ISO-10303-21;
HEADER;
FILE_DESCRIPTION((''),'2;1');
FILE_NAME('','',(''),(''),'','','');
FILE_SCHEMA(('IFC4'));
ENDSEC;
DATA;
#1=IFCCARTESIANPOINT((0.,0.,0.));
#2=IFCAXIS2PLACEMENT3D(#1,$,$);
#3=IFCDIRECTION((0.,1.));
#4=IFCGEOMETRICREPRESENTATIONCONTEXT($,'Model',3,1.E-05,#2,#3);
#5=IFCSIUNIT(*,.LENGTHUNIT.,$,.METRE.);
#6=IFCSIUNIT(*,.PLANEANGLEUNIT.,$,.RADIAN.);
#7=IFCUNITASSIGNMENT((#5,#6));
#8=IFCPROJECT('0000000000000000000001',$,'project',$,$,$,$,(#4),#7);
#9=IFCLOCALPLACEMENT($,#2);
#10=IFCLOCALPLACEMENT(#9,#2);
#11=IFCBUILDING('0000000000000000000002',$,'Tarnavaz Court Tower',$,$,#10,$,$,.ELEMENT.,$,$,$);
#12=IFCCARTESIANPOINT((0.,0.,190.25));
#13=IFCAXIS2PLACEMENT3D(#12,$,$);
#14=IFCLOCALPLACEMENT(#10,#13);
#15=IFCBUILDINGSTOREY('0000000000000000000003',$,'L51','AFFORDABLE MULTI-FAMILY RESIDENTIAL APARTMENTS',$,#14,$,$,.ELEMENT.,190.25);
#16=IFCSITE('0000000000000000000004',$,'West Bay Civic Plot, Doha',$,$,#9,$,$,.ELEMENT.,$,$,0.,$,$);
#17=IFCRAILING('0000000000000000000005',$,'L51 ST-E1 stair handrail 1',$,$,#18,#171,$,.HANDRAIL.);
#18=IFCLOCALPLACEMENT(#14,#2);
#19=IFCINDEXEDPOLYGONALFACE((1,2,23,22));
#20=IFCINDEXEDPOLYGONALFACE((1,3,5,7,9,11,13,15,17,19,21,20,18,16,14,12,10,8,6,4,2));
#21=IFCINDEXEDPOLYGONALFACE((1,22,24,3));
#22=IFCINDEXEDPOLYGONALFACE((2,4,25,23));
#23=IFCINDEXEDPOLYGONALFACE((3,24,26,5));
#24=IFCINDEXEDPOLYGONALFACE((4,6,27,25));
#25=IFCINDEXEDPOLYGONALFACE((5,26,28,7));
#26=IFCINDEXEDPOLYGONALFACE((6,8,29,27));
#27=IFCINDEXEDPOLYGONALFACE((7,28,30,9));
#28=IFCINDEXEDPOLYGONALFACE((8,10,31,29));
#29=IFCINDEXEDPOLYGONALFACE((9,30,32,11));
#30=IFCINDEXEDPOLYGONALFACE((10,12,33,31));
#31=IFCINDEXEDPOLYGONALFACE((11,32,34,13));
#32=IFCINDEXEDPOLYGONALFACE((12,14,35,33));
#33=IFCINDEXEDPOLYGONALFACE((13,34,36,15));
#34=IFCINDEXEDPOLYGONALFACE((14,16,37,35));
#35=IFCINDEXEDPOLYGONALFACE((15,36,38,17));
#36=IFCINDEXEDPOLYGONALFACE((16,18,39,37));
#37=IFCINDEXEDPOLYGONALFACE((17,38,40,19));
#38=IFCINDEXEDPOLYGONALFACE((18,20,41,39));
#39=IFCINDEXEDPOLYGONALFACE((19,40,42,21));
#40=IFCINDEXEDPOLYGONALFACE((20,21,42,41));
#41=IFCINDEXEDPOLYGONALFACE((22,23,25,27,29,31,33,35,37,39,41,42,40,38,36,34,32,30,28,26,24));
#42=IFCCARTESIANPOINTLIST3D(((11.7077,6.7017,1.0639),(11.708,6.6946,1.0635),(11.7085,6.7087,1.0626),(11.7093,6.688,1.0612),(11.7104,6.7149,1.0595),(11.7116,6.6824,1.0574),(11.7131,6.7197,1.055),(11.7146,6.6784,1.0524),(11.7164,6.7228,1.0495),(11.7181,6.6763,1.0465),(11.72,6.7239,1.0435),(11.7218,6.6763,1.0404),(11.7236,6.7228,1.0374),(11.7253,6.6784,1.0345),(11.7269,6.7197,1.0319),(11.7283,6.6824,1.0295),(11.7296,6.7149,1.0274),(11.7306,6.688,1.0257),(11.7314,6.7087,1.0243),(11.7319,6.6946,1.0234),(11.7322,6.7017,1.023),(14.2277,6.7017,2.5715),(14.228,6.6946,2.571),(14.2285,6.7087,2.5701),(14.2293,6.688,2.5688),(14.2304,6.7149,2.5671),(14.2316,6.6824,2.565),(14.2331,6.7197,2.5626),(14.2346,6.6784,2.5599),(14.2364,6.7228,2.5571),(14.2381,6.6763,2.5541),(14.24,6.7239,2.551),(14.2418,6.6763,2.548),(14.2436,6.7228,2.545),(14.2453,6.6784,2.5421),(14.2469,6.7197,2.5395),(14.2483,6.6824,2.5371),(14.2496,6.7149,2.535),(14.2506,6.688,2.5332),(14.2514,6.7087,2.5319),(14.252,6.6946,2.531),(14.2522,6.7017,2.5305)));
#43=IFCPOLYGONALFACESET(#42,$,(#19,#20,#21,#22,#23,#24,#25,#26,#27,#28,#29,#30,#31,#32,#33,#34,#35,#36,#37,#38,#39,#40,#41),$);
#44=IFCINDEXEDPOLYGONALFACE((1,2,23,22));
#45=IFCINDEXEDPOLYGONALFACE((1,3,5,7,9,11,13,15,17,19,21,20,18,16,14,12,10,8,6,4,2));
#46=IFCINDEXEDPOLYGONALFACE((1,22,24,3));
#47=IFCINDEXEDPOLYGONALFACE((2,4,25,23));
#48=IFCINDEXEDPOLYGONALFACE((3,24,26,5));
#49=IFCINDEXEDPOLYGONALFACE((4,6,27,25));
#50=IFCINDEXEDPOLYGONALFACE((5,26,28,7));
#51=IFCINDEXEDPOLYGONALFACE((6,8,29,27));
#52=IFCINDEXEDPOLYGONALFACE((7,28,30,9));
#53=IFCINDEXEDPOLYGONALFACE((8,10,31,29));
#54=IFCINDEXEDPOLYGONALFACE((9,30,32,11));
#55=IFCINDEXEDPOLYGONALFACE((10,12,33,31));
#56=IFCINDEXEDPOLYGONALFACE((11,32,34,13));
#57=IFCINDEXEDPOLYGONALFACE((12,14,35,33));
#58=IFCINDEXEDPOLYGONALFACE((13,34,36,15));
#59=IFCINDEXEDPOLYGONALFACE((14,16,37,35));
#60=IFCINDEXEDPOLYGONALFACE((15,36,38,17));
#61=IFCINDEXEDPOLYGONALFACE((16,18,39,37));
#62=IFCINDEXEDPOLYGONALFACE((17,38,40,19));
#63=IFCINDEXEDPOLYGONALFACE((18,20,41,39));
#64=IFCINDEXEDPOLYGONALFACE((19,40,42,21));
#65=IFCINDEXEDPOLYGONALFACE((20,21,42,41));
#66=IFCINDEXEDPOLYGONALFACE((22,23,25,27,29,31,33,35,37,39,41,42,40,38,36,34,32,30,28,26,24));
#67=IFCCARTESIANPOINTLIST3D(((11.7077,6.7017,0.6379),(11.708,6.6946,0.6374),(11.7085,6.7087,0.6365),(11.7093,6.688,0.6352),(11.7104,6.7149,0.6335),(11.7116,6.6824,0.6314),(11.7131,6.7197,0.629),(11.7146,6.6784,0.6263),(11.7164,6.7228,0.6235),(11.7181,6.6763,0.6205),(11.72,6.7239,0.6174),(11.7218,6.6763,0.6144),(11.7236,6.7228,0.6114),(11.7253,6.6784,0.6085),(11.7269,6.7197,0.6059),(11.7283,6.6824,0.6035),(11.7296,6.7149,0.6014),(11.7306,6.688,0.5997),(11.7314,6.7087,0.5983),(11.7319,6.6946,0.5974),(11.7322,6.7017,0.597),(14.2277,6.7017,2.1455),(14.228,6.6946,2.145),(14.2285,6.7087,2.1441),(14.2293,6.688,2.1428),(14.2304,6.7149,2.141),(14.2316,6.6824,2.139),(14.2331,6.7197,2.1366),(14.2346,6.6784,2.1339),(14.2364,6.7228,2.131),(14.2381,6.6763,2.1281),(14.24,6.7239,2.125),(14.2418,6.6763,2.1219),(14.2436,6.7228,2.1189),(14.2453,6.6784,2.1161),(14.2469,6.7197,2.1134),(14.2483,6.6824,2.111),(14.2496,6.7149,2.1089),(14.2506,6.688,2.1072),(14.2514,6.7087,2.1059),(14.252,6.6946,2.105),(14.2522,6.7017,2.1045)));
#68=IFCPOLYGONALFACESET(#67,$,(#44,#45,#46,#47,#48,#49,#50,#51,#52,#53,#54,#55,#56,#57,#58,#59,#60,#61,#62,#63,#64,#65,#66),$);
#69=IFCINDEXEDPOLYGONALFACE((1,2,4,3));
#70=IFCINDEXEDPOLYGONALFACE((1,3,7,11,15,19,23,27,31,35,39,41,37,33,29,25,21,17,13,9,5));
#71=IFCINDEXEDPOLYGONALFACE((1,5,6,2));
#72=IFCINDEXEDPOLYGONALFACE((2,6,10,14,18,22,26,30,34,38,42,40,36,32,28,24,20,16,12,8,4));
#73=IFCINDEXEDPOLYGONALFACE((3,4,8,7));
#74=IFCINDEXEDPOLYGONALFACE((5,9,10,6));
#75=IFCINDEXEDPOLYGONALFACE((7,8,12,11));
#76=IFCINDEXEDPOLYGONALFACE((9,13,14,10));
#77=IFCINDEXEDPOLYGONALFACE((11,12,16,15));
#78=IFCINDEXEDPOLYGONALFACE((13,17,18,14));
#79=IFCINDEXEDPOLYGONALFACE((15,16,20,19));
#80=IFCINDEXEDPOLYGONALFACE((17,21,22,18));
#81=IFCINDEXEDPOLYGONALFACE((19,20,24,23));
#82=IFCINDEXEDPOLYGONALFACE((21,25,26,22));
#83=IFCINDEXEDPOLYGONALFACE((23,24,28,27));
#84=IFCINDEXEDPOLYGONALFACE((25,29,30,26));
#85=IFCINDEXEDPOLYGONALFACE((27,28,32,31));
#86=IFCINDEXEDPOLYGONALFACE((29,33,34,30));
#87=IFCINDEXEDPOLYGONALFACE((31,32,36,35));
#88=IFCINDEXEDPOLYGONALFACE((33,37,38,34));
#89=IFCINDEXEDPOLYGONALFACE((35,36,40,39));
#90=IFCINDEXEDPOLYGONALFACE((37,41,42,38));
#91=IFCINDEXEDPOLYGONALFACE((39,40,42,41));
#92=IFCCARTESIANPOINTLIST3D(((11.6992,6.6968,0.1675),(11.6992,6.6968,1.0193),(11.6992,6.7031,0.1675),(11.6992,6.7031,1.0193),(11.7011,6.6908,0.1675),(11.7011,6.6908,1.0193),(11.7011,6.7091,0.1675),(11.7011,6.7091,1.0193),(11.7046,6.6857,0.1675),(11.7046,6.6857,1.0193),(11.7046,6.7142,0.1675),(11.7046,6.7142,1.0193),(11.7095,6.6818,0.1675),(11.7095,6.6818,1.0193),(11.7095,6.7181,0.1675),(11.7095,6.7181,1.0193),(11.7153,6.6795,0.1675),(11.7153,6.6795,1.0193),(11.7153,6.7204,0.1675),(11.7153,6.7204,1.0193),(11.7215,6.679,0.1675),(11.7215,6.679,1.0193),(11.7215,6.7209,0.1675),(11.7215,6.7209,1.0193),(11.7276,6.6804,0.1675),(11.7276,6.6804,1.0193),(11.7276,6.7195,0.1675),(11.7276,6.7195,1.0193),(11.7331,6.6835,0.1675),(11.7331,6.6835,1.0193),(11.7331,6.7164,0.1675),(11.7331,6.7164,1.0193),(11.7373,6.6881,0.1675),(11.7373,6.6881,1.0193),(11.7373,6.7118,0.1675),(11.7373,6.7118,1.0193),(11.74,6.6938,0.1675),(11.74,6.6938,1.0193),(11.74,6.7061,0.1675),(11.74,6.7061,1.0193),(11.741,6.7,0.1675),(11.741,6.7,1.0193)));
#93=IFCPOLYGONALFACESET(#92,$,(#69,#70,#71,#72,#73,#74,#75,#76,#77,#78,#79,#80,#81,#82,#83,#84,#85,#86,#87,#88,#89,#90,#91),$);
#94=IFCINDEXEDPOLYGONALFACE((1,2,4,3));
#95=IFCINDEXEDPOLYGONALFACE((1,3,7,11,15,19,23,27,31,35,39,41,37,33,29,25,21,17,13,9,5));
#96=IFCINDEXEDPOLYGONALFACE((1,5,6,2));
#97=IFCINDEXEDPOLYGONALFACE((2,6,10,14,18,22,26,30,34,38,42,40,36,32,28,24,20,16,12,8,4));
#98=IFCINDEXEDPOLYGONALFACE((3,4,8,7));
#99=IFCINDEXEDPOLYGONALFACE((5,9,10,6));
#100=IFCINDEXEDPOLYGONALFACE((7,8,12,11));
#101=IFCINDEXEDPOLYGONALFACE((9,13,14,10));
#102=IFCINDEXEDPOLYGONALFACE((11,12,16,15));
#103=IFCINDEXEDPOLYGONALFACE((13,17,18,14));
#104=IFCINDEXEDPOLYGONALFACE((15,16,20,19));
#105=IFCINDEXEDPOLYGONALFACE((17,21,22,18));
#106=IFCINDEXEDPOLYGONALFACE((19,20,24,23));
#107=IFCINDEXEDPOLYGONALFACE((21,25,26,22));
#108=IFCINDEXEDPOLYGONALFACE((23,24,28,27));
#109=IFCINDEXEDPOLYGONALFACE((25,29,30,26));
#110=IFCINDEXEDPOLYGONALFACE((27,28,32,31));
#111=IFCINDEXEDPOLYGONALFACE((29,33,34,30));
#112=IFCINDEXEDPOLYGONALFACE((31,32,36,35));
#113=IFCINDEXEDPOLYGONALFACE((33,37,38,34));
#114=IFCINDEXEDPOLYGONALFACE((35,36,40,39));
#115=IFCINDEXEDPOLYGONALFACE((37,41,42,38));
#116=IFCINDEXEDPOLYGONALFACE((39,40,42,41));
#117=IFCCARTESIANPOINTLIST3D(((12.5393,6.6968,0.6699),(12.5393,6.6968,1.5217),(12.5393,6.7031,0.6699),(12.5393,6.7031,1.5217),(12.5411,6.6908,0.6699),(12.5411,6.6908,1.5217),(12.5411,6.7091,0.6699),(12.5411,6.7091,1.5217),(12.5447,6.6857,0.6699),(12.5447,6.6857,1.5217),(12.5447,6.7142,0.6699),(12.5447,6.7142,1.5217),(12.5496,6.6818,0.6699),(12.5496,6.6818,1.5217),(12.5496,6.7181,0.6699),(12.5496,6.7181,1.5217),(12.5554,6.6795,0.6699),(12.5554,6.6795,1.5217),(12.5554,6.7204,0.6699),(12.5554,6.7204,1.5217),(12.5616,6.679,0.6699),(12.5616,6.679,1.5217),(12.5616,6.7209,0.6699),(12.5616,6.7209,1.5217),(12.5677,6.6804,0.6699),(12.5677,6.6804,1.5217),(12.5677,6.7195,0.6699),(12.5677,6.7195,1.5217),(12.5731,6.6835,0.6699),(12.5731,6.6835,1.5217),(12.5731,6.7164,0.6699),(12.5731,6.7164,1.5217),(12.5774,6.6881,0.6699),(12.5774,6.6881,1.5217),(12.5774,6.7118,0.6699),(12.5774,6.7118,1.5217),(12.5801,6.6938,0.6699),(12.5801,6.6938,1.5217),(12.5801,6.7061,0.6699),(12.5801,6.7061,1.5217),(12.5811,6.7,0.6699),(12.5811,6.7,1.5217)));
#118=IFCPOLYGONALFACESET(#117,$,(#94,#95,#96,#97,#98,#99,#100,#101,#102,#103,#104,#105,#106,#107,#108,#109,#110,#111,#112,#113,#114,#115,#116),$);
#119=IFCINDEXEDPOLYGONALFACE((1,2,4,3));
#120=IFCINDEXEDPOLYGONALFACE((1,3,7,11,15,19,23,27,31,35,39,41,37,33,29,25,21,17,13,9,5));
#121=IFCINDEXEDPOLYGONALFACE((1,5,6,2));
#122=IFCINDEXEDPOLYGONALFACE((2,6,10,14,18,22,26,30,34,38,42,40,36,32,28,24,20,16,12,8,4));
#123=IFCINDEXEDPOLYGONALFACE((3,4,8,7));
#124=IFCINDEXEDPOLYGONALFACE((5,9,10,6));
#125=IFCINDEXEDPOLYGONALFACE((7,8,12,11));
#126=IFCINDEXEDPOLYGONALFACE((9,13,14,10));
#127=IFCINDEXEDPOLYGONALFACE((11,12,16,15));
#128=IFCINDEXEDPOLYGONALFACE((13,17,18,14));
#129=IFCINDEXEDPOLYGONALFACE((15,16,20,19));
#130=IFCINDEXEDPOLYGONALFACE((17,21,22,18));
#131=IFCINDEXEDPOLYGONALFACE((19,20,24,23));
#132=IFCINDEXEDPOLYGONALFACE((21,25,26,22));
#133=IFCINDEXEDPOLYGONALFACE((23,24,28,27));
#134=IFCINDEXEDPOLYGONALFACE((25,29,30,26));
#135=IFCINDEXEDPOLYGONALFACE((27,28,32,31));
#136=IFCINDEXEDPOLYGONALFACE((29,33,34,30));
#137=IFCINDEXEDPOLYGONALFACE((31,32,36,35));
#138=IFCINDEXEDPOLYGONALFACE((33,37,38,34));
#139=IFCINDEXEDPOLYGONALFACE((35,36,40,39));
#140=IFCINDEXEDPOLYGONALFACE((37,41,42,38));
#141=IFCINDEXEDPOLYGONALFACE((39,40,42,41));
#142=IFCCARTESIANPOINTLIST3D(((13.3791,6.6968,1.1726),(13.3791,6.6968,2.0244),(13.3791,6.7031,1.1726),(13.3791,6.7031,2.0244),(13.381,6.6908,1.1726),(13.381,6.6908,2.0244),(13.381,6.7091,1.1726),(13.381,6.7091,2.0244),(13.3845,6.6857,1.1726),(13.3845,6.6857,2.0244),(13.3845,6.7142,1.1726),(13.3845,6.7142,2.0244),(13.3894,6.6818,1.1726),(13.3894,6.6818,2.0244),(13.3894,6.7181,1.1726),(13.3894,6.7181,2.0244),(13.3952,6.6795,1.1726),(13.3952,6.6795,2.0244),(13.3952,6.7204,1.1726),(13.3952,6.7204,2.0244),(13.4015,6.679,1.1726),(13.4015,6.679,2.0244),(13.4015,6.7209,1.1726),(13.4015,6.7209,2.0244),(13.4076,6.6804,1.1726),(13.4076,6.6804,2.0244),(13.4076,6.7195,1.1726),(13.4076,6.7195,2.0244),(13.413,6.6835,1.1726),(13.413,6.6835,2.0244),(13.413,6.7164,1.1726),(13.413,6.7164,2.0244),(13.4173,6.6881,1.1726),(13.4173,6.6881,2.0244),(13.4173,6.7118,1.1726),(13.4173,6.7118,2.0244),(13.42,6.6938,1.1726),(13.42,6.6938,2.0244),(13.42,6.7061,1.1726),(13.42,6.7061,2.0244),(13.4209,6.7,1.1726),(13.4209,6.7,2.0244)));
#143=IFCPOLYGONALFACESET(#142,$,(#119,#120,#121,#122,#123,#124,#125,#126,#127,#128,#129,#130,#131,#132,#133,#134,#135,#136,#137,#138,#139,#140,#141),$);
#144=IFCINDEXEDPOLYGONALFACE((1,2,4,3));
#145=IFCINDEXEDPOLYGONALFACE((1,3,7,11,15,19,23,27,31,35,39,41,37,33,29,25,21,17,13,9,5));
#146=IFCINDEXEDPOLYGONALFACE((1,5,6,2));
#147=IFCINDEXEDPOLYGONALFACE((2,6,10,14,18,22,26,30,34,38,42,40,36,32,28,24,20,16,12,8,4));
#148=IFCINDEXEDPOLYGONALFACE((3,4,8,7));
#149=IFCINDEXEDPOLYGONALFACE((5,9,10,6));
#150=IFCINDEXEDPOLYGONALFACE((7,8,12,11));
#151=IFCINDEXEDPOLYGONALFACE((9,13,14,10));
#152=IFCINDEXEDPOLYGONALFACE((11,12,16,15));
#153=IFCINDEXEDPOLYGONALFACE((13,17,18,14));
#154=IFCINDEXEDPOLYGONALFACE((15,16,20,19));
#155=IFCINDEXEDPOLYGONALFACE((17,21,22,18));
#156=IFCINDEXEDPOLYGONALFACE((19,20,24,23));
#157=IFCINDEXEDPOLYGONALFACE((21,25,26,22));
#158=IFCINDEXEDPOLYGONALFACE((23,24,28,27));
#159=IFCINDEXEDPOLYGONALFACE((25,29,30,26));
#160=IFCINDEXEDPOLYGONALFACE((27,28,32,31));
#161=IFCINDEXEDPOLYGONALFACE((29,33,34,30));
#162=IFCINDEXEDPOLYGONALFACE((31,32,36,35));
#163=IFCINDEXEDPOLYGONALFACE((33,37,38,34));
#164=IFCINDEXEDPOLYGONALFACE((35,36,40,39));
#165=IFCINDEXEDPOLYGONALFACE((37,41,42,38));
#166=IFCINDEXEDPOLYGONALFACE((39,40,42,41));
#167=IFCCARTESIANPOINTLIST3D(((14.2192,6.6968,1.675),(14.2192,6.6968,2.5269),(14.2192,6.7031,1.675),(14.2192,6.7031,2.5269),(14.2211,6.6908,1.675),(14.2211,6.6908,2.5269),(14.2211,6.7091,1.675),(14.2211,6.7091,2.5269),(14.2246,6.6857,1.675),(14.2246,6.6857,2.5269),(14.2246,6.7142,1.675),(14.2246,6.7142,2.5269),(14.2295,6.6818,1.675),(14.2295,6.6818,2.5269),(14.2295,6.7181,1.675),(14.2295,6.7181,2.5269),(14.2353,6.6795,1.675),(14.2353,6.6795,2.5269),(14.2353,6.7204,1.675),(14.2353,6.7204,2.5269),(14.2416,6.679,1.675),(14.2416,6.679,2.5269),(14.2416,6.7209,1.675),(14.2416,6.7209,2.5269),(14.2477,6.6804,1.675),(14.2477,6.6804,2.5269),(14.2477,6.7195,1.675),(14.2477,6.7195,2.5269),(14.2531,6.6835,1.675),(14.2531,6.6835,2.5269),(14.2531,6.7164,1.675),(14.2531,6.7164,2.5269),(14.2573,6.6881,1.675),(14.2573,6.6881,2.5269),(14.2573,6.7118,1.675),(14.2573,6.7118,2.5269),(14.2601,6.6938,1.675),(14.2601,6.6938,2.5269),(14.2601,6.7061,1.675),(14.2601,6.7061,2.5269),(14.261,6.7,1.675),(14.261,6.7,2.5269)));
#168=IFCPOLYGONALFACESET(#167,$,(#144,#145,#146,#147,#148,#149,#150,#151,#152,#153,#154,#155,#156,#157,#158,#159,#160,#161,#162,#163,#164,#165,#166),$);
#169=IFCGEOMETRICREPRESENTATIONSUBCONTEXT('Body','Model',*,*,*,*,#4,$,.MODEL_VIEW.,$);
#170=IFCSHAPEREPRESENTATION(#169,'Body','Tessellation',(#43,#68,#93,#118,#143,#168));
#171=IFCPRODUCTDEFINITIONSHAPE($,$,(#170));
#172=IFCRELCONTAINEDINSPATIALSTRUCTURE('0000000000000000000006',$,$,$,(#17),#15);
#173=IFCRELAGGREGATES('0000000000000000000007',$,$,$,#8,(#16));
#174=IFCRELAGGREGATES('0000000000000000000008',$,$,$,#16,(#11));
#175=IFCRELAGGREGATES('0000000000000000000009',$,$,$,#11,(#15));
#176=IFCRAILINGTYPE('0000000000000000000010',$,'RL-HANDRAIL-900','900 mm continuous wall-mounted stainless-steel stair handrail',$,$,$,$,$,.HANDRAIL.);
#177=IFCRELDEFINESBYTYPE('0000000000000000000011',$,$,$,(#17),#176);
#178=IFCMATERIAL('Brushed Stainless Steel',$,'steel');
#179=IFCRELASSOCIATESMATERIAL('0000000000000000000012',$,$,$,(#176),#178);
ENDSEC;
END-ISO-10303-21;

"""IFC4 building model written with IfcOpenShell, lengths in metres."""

from ifc_helpers import new_model, si_unit, direction, frame, origin, origin_2d, place, context, subcontext, project, spatial, circle, extrude, material, type_object, element, save


model = new_model("IFC4")

# Units and contexts
model_context = context("Model", 3, precision=1e-05, world=origin(), true_north=direction((0.0, 1.0)))
body_context = subcontext(model_context, "Body", "Model", "MODEL_VIEW")
ifc_project = project(units=[si_unit("LENGTHUNIT", "METRE"), si_unit("PLANEANGLEUNIT", "RADIAN")], contexts=[model_context])

# Site, building, storey
site_placement = place(None, origin())
site = spatial("IfcSite", under=ifc_project, at=site_placement, Name="West Bay Civic Plot, Doha", CompositionType="ELEMENT", RefElevation=0.0)
building_placement = place(site_placement, origin())
building = spatial("IfcBuilding", under=site, at=building_placement, Name="Tarnavaz Court Tower", CompositionType="ELEMENT")
storey_placement = place(building_placement, frame((0.0, 0.0, 190.25)))
storey = spatial("IfcBuildingStorey", under=building, at=storey_placement, Name="L51", Description="AFFORDABLE MULTI-FAMILY RESIDENTIAL APARTMENTS", CompositionType="ELEMENT", Elevation=190.25)

# Railing
ifc_material_1 = material(Name="Brushed Stainless Steel", Category="steel")
railing_type_1 = type_object("IfcRailingType", Name="RL-HANDRAIL-900", Description="900 mm continuous wall-mounted stainless-steel stair handrail", PredefinedType="HANDRAIL", material=ifc_material_1)
railing_1_placement = place(storey_placement, frame((11.72, 6.7, 0.1675)))
element("IfcRailing", 1, at=railing_1_placement, inside=storey, type_object=railing_type_1, Name="L51 ST-E1 stair handrail 1", PredefinedType="HANDRAIL", context=body_context, shape_type="SweptSolid", body=[
    extrude(circle(Radius=0.0239, at=origin_2d()), frame((0.0, 0.0, 0.876), z_axis=(0.85816, 0.0, 0.513383), x_axis=(0.0, 1.0, 0.0)), (0.0, 0.0, 1.0), 2.9365),
    extrude(circle(Radius=0.0239, at=origin_2d()), frame((0.0, 0.0, 0.45), z_axis=(0.85816, 0.0, 0.513383), x_axis=(0.0, 1.0, 0.0)), (0.0, 0.0, 1.0), 2.9365),
    extrude(circle(Radius=0.021, at=origin_2d()), origin(), (0.0, 0.0, 1.0), 0.8518),
    extrude(circle(Radius=0.021, at=origin_2d()), frame((0.8401, 0.0, 0.5024)), (0.0, 0.0, 1.0), 0.8518),
    extrude(circle(Radius=0.021, at=origin_2d()), frame((1.6799, 0.0, 1.0051)), (0.0, 0.0, 1.0), 0.8518),
    extrude(circle(Radius=0.021, at=origin_2d()), frame((2.52, 0.0, 1.5076)), (0.0, 0.0, 1.0), 0.8518),
])

save(model, "model.ifc")
